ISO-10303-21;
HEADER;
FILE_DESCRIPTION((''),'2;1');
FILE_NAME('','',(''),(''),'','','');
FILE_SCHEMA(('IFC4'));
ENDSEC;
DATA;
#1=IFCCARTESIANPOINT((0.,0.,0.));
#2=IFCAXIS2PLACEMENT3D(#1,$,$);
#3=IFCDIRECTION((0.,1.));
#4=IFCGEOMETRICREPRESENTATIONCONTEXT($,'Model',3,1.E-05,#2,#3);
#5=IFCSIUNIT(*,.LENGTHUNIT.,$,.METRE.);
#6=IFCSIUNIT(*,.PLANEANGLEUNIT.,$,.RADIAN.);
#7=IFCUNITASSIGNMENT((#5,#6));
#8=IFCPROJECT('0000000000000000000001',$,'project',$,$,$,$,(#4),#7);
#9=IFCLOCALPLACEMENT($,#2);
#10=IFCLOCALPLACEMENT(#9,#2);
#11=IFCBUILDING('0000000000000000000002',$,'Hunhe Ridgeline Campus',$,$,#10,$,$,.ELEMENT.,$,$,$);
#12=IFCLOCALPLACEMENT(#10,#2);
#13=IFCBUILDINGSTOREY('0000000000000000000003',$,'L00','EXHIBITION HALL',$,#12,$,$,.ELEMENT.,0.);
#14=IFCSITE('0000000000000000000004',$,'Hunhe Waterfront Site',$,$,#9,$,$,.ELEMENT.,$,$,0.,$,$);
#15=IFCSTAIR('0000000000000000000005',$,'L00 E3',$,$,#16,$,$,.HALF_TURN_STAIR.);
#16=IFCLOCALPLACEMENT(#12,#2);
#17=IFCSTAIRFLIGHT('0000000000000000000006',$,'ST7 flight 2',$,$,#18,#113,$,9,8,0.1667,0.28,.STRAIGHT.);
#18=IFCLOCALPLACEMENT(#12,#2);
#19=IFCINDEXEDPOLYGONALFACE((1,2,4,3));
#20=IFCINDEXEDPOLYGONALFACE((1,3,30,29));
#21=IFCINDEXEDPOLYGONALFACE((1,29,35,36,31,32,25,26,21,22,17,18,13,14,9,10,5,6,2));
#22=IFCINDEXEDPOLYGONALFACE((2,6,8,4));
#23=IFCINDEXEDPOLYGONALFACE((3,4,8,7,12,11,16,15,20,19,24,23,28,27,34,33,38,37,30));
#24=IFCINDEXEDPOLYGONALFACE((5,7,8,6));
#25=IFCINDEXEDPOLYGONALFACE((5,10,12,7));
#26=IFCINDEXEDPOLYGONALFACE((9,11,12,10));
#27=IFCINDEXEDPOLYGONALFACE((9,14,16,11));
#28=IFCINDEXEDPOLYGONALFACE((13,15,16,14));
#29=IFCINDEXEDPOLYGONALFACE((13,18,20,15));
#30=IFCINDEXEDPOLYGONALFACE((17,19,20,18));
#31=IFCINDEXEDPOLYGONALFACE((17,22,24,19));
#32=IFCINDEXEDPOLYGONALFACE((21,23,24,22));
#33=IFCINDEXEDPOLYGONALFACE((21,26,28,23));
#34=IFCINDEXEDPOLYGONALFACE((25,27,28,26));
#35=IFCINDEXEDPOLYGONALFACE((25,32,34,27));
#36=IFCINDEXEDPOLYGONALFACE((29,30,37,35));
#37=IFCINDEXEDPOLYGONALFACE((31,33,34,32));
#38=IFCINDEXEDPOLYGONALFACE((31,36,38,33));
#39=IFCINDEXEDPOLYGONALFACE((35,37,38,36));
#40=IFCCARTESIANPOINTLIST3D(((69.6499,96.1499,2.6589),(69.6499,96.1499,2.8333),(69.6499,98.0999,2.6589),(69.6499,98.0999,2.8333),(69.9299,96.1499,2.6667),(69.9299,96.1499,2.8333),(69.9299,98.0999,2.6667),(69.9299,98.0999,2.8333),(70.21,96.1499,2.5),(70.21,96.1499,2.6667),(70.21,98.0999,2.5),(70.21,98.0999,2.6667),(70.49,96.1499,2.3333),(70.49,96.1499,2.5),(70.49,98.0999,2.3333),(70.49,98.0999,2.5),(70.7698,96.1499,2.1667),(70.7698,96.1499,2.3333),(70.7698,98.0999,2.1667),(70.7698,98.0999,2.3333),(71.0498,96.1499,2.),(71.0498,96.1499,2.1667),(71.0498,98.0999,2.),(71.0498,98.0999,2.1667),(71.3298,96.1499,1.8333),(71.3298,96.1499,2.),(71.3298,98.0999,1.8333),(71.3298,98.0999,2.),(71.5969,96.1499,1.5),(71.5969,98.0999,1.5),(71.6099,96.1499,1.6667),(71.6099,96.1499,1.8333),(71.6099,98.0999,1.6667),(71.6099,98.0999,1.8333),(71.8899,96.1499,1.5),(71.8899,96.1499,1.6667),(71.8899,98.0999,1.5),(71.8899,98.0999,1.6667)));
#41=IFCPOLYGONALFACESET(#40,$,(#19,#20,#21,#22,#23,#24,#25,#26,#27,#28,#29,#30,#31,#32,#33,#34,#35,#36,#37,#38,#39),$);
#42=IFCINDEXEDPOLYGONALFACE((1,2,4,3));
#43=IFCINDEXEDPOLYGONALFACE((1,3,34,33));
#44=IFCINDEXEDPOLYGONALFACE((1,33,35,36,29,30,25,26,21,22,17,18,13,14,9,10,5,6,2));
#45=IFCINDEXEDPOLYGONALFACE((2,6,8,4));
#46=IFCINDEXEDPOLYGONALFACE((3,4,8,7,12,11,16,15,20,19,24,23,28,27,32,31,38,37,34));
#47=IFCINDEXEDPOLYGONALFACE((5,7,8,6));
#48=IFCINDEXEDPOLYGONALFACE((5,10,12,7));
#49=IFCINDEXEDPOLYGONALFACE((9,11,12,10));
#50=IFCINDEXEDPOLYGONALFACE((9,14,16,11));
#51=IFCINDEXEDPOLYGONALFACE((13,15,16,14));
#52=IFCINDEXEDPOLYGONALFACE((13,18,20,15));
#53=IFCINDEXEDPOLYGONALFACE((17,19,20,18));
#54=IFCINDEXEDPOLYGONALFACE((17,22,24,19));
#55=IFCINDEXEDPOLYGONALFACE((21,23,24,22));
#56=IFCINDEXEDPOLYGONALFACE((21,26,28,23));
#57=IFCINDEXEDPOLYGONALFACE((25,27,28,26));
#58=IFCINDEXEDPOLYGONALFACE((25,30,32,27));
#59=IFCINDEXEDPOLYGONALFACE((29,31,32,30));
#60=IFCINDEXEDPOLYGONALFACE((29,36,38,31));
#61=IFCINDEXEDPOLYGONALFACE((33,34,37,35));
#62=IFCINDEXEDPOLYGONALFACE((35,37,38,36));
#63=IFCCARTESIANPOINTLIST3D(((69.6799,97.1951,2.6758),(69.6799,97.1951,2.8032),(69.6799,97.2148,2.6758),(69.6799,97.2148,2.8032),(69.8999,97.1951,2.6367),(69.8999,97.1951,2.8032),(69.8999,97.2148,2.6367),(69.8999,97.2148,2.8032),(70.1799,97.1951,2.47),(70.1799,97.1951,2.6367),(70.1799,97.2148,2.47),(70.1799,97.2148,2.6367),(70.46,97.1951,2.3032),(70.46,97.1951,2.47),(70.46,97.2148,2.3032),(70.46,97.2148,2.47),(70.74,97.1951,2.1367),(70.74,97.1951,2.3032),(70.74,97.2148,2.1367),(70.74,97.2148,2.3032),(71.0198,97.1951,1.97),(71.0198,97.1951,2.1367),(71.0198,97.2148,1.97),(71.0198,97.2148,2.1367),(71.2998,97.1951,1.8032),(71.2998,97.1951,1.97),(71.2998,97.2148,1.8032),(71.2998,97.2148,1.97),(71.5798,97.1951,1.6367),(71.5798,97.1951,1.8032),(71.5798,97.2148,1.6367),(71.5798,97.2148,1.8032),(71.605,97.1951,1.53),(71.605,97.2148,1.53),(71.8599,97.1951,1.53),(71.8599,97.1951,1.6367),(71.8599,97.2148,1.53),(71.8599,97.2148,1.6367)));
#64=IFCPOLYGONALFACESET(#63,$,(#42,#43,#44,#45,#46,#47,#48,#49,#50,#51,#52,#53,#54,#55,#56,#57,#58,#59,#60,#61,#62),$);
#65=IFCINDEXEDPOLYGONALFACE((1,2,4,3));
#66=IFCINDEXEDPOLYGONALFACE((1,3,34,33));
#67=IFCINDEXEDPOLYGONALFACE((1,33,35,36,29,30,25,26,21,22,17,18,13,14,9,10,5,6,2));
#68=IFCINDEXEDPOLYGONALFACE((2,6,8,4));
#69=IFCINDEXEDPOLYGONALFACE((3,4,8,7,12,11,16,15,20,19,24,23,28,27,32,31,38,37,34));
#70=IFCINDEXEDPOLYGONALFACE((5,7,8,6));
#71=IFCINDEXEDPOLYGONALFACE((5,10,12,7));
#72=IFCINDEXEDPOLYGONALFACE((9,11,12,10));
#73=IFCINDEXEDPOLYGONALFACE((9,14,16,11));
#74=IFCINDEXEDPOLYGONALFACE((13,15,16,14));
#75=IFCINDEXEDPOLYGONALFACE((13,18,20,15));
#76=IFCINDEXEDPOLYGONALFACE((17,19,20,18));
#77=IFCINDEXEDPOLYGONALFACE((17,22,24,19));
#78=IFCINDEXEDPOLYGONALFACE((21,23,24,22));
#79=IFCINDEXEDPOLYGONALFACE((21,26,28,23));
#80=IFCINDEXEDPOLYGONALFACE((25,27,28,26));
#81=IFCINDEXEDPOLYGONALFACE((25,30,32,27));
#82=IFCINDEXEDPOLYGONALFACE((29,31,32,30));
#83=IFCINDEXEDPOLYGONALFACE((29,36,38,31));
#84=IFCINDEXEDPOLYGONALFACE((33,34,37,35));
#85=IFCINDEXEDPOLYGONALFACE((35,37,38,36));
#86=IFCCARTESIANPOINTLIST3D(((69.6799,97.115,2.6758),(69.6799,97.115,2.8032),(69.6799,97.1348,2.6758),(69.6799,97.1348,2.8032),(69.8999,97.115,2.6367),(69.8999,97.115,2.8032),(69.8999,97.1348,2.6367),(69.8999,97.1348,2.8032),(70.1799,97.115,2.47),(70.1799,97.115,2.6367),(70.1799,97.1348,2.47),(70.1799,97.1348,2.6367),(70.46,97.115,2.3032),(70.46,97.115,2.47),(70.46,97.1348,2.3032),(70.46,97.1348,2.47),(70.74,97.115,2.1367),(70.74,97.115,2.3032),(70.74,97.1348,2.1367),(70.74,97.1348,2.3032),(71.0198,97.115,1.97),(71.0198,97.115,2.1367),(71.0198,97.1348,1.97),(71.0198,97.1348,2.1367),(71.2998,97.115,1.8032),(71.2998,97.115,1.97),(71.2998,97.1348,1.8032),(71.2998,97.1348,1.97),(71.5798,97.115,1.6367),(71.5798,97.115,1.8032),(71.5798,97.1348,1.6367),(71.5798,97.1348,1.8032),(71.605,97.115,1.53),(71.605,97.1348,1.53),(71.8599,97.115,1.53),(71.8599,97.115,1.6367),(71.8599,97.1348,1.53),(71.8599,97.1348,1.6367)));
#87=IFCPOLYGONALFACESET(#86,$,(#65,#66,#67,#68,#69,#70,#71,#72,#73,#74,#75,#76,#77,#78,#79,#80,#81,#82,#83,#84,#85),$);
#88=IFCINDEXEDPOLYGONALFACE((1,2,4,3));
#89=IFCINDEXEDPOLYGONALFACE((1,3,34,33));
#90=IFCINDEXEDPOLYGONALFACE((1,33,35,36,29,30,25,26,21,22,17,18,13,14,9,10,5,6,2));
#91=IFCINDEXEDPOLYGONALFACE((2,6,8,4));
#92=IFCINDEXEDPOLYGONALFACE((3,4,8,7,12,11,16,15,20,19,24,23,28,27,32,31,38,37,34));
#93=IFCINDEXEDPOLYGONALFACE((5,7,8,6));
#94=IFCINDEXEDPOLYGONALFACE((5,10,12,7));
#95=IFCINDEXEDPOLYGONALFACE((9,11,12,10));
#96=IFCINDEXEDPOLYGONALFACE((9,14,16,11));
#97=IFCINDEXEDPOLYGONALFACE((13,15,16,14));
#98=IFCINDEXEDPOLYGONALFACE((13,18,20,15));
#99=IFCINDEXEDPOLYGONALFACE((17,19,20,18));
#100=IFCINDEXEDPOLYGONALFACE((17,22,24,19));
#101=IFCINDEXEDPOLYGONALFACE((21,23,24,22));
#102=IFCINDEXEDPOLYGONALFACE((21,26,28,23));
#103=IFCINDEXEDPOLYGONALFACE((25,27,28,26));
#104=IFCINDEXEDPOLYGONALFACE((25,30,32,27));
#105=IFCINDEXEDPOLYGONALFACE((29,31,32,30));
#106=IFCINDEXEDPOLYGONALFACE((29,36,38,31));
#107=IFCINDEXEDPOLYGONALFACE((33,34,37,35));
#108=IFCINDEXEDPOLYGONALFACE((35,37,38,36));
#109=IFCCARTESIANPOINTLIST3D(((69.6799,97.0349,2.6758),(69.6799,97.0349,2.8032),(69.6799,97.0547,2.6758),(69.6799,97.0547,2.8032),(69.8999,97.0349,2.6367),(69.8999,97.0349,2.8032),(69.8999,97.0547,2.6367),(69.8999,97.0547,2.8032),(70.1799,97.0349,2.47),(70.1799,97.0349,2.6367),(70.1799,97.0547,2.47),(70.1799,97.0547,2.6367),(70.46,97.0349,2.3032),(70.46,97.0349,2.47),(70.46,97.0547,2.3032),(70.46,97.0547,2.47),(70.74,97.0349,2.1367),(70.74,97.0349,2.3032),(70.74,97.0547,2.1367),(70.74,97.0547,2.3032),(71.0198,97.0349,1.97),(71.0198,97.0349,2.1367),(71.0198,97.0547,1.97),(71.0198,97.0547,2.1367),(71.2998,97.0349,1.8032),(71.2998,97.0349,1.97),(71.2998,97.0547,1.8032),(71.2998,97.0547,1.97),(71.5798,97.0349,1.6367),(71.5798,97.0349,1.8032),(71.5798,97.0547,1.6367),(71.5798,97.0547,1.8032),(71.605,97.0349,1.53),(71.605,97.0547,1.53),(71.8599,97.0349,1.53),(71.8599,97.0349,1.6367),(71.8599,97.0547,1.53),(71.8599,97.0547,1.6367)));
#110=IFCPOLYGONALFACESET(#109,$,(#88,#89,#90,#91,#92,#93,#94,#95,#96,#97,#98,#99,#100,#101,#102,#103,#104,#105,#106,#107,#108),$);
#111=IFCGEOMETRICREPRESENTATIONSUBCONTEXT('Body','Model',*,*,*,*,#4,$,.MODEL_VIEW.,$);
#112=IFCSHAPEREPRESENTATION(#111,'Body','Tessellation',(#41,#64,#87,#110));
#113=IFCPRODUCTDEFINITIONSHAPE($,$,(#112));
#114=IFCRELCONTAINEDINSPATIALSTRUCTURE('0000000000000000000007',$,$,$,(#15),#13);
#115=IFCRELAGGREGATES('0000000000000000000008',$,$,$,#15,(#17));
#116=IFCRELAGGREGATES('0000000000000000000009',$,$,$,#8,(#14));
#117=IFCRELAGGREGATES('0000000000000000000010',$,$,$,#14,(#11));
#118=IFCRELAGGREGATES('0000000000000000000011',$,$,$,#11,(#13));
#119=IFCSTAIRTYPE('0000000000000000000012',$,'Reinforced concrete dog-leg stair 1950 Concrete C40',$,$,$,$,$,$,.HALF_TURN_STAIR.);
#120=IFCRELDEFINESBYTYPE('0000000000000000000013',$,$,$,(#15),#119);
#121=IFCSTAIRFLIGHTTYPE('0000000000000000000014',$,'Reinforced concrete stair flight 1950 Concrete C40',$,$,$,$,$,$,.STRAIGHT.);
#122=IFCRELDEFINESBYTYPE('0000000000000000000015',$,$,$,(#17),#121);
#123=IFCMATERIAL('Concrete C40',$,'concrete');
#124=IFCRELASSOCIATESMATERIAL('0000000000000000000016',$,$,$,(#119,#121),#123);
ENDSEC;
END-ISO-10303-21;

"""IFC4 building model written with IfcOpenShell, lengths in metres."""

from ifc_helpers import new_model, si_unit, direction, frame, origin, place, context, subcontext, project, spatial, polyline, outline, extrude, material, type_object, element, aggregate, save


model = new_model("IFC4")

# Units and contexts
model_context = context("Model", 3, precision=1e-05, world=origin(), true_north=direction((0.0, 1.0)))
body_context = subcontext(model_context, "Body", "Model", "MODEL_VIEW")
ifc_project = project(units=[si_unit("LENGTHUNIT", "METRE"), si_unit("PLANEANGLEUNIT", "RADIAN")], contexts=[model_context])

# Site, building, storey
site_placement = place(None, origin())
site = spatial("IfcSite", under=ifc_project, at=site_placement, Name="Hunhe Waterfront Site", CompositionType="ELEMENT", RefElevation=0.0)
building_placement = place(site_placement, origin())
building = spatial("IfcBuilding", under=site, at=building_placement, Name="Hunhe Ridgeline Campus", CompositionType="ELEMENT")
storey_placement = place(building_placement, origin())
storey = spatial("IfcBuildingStorey", under=building, at=storey_placement, Name="L00", Description="EXHIBITION HALL", CompositionType="ELEMENT", Elevation=0.0)

# Stair, stair flight
ifc_material_1 = material(Name="Concrete C40", Category="concrete")
stair_type = type_object("IfcStairType", Name="Reinforced concrete dog-leg stair 1950 Concrete C40", PredefinedType="HALF_TURN_STAIR", material=ifc_material_1)
stair_flight_type = type_object("IfcStairFlightType", Name="Reinforced concrete stair flight 1950 Concrete C40", PredefinedType="STRAIGHT", material=ifc_material_1)
stair_1_placement = place(storey_placement, origin())
stair_1 = element("IfcStair", 1, at=stair_1_placement, inside=storey, type_object=stair_type, Name="L00 E3", PredefinedType="HALF_TURN_STAIR")
stair_flight_1_placement = place(storey_placement, frame((71.8899, 97.125, 1.5), z_axis=(0.0, 0.0, 1.0), x_axis=(-1.0, 0.0, 0.0)))
stair_flight_1 = element("IfcStairFlight", 2, at=stair_flight_1_placement, type_object=stair_flight_type, Name="ST7 flight 2", NumberOfRisers=9, NumberOfTreads=8, PredefinedType="STRAIGHT", RiserHeight=0.1667, TreadLength=0.28, context=body_context, shape_type="SweptSolid", body=[
    extrude(outline(polyline([(0.0, 0.0), (0.0, 0.1667), (0.28, 0.1667), (0.28, 0.3333), (0.5601, 0.3333), (0.5601, 0.5), (0.8401, 0.5), (0.8401, 0.6667), (1.1201, 0.6667), (1.1201, 0.8333), (1.3999, 0.8333), (1.3999, 1.0), (1.6799, 1.0), (1.6799, 1.1667), (1.96, 1.1667), (1.96, 1.3333), (2.24, 1.3333), (2.24, 1.5), (2.24, 1.1589), (0.293, 0.0), (0.0, 0.0)])), frame((0.0, 0.9751, 0.0), z_axis=(0.0, -1.0, 0.0), x_axis=(1.0, 0.0, 0.0)), (0.0, 0.0, 1.0), 1.95),
    extrude(outline(polyline([(0.03, 0.03), (0.03, 0.1367), (0.3101, 0.1367), (0.3101, 0.3032), (0.5901, 0.3032), (0.5901, 0.47), (0.8701, 0.47), (0.8701, 0.6367), (1.1499, 0.6367), (1.1499, 0.8032), (1.4299, 0.8032), (1.4299, 0.97), (1.71, 0.97), (1.71, 1.1367), (1.99, 1.1367), (1.99, 1.3032), (2.21, 1.3032), (2.21, 1.1758), (0.2849, 0.03), (0.03, 0.03)])), frame((0.0, -0.0701, 0.0), z_axis=(0.0, -1.0, 0.0), x_axis=(1.0, 0.0, 0.0)), (0.0, 0.0, 1.0), 0.0198),
    extrude(outline(polyline([(0.03, 0.03), (0.03, 0.1367), (0.3101, 0.1367), (0.3101, 0.3032), (0.5901, 0.3032), (0.5901, 0.47), (0.8701, 0.47), (0.8701, 0.6367), (1.1499, 0.6367), (1.1499, 0.8032), (1.4299, 0.8032), (1.4299, 0.97), (1.71, 0.97), (1.71, 1.1367), (1.99, 1.1367), (1.99, 1.3032), (2.21, 1.3032), (2.21, 1.1758), (0.2849, 0.03), (0.03, 0.03)])), frame((0.0, 0.01, 0.0), z_axis=(0.0, -1.0, 0.0), x_axis=(1.0, 0.0, 0.0)), (0.0, 0.0, 1.0), 0.0198),
    extrude(outline(polyline([(0.03, 0.03), (0.03, 0.1367), (0.3101, 0.1367), (0.3101, 0.3032), (0.5901, 0.3032), (0.5901, 0.47), (0.8701, 0.47), (0.8701, 0.6367), (1.1499, 0.6367), (1.1499, 0.8032), (1.4299, 0.8032), (1.4299, 0.97), (1.71, 0.97), (1.71, 1.1367), (1.99, 1.1367), (1.99, 1.3032), (2.21, 1.3032), (2.21, 1.1758), (0.2849, 0.03), (0.03, 0.03)])), frame((0.0, 0.0901, 0.0), z_axis=(0.0, -1.0, 0.0), x_axis=(1.0, 0.0, 0.0)), (0.0, 0.0, 1.0), 0.0198),
])
aggregate(stair_1, [stair_flight_1])

save(model, "model.ifc")
